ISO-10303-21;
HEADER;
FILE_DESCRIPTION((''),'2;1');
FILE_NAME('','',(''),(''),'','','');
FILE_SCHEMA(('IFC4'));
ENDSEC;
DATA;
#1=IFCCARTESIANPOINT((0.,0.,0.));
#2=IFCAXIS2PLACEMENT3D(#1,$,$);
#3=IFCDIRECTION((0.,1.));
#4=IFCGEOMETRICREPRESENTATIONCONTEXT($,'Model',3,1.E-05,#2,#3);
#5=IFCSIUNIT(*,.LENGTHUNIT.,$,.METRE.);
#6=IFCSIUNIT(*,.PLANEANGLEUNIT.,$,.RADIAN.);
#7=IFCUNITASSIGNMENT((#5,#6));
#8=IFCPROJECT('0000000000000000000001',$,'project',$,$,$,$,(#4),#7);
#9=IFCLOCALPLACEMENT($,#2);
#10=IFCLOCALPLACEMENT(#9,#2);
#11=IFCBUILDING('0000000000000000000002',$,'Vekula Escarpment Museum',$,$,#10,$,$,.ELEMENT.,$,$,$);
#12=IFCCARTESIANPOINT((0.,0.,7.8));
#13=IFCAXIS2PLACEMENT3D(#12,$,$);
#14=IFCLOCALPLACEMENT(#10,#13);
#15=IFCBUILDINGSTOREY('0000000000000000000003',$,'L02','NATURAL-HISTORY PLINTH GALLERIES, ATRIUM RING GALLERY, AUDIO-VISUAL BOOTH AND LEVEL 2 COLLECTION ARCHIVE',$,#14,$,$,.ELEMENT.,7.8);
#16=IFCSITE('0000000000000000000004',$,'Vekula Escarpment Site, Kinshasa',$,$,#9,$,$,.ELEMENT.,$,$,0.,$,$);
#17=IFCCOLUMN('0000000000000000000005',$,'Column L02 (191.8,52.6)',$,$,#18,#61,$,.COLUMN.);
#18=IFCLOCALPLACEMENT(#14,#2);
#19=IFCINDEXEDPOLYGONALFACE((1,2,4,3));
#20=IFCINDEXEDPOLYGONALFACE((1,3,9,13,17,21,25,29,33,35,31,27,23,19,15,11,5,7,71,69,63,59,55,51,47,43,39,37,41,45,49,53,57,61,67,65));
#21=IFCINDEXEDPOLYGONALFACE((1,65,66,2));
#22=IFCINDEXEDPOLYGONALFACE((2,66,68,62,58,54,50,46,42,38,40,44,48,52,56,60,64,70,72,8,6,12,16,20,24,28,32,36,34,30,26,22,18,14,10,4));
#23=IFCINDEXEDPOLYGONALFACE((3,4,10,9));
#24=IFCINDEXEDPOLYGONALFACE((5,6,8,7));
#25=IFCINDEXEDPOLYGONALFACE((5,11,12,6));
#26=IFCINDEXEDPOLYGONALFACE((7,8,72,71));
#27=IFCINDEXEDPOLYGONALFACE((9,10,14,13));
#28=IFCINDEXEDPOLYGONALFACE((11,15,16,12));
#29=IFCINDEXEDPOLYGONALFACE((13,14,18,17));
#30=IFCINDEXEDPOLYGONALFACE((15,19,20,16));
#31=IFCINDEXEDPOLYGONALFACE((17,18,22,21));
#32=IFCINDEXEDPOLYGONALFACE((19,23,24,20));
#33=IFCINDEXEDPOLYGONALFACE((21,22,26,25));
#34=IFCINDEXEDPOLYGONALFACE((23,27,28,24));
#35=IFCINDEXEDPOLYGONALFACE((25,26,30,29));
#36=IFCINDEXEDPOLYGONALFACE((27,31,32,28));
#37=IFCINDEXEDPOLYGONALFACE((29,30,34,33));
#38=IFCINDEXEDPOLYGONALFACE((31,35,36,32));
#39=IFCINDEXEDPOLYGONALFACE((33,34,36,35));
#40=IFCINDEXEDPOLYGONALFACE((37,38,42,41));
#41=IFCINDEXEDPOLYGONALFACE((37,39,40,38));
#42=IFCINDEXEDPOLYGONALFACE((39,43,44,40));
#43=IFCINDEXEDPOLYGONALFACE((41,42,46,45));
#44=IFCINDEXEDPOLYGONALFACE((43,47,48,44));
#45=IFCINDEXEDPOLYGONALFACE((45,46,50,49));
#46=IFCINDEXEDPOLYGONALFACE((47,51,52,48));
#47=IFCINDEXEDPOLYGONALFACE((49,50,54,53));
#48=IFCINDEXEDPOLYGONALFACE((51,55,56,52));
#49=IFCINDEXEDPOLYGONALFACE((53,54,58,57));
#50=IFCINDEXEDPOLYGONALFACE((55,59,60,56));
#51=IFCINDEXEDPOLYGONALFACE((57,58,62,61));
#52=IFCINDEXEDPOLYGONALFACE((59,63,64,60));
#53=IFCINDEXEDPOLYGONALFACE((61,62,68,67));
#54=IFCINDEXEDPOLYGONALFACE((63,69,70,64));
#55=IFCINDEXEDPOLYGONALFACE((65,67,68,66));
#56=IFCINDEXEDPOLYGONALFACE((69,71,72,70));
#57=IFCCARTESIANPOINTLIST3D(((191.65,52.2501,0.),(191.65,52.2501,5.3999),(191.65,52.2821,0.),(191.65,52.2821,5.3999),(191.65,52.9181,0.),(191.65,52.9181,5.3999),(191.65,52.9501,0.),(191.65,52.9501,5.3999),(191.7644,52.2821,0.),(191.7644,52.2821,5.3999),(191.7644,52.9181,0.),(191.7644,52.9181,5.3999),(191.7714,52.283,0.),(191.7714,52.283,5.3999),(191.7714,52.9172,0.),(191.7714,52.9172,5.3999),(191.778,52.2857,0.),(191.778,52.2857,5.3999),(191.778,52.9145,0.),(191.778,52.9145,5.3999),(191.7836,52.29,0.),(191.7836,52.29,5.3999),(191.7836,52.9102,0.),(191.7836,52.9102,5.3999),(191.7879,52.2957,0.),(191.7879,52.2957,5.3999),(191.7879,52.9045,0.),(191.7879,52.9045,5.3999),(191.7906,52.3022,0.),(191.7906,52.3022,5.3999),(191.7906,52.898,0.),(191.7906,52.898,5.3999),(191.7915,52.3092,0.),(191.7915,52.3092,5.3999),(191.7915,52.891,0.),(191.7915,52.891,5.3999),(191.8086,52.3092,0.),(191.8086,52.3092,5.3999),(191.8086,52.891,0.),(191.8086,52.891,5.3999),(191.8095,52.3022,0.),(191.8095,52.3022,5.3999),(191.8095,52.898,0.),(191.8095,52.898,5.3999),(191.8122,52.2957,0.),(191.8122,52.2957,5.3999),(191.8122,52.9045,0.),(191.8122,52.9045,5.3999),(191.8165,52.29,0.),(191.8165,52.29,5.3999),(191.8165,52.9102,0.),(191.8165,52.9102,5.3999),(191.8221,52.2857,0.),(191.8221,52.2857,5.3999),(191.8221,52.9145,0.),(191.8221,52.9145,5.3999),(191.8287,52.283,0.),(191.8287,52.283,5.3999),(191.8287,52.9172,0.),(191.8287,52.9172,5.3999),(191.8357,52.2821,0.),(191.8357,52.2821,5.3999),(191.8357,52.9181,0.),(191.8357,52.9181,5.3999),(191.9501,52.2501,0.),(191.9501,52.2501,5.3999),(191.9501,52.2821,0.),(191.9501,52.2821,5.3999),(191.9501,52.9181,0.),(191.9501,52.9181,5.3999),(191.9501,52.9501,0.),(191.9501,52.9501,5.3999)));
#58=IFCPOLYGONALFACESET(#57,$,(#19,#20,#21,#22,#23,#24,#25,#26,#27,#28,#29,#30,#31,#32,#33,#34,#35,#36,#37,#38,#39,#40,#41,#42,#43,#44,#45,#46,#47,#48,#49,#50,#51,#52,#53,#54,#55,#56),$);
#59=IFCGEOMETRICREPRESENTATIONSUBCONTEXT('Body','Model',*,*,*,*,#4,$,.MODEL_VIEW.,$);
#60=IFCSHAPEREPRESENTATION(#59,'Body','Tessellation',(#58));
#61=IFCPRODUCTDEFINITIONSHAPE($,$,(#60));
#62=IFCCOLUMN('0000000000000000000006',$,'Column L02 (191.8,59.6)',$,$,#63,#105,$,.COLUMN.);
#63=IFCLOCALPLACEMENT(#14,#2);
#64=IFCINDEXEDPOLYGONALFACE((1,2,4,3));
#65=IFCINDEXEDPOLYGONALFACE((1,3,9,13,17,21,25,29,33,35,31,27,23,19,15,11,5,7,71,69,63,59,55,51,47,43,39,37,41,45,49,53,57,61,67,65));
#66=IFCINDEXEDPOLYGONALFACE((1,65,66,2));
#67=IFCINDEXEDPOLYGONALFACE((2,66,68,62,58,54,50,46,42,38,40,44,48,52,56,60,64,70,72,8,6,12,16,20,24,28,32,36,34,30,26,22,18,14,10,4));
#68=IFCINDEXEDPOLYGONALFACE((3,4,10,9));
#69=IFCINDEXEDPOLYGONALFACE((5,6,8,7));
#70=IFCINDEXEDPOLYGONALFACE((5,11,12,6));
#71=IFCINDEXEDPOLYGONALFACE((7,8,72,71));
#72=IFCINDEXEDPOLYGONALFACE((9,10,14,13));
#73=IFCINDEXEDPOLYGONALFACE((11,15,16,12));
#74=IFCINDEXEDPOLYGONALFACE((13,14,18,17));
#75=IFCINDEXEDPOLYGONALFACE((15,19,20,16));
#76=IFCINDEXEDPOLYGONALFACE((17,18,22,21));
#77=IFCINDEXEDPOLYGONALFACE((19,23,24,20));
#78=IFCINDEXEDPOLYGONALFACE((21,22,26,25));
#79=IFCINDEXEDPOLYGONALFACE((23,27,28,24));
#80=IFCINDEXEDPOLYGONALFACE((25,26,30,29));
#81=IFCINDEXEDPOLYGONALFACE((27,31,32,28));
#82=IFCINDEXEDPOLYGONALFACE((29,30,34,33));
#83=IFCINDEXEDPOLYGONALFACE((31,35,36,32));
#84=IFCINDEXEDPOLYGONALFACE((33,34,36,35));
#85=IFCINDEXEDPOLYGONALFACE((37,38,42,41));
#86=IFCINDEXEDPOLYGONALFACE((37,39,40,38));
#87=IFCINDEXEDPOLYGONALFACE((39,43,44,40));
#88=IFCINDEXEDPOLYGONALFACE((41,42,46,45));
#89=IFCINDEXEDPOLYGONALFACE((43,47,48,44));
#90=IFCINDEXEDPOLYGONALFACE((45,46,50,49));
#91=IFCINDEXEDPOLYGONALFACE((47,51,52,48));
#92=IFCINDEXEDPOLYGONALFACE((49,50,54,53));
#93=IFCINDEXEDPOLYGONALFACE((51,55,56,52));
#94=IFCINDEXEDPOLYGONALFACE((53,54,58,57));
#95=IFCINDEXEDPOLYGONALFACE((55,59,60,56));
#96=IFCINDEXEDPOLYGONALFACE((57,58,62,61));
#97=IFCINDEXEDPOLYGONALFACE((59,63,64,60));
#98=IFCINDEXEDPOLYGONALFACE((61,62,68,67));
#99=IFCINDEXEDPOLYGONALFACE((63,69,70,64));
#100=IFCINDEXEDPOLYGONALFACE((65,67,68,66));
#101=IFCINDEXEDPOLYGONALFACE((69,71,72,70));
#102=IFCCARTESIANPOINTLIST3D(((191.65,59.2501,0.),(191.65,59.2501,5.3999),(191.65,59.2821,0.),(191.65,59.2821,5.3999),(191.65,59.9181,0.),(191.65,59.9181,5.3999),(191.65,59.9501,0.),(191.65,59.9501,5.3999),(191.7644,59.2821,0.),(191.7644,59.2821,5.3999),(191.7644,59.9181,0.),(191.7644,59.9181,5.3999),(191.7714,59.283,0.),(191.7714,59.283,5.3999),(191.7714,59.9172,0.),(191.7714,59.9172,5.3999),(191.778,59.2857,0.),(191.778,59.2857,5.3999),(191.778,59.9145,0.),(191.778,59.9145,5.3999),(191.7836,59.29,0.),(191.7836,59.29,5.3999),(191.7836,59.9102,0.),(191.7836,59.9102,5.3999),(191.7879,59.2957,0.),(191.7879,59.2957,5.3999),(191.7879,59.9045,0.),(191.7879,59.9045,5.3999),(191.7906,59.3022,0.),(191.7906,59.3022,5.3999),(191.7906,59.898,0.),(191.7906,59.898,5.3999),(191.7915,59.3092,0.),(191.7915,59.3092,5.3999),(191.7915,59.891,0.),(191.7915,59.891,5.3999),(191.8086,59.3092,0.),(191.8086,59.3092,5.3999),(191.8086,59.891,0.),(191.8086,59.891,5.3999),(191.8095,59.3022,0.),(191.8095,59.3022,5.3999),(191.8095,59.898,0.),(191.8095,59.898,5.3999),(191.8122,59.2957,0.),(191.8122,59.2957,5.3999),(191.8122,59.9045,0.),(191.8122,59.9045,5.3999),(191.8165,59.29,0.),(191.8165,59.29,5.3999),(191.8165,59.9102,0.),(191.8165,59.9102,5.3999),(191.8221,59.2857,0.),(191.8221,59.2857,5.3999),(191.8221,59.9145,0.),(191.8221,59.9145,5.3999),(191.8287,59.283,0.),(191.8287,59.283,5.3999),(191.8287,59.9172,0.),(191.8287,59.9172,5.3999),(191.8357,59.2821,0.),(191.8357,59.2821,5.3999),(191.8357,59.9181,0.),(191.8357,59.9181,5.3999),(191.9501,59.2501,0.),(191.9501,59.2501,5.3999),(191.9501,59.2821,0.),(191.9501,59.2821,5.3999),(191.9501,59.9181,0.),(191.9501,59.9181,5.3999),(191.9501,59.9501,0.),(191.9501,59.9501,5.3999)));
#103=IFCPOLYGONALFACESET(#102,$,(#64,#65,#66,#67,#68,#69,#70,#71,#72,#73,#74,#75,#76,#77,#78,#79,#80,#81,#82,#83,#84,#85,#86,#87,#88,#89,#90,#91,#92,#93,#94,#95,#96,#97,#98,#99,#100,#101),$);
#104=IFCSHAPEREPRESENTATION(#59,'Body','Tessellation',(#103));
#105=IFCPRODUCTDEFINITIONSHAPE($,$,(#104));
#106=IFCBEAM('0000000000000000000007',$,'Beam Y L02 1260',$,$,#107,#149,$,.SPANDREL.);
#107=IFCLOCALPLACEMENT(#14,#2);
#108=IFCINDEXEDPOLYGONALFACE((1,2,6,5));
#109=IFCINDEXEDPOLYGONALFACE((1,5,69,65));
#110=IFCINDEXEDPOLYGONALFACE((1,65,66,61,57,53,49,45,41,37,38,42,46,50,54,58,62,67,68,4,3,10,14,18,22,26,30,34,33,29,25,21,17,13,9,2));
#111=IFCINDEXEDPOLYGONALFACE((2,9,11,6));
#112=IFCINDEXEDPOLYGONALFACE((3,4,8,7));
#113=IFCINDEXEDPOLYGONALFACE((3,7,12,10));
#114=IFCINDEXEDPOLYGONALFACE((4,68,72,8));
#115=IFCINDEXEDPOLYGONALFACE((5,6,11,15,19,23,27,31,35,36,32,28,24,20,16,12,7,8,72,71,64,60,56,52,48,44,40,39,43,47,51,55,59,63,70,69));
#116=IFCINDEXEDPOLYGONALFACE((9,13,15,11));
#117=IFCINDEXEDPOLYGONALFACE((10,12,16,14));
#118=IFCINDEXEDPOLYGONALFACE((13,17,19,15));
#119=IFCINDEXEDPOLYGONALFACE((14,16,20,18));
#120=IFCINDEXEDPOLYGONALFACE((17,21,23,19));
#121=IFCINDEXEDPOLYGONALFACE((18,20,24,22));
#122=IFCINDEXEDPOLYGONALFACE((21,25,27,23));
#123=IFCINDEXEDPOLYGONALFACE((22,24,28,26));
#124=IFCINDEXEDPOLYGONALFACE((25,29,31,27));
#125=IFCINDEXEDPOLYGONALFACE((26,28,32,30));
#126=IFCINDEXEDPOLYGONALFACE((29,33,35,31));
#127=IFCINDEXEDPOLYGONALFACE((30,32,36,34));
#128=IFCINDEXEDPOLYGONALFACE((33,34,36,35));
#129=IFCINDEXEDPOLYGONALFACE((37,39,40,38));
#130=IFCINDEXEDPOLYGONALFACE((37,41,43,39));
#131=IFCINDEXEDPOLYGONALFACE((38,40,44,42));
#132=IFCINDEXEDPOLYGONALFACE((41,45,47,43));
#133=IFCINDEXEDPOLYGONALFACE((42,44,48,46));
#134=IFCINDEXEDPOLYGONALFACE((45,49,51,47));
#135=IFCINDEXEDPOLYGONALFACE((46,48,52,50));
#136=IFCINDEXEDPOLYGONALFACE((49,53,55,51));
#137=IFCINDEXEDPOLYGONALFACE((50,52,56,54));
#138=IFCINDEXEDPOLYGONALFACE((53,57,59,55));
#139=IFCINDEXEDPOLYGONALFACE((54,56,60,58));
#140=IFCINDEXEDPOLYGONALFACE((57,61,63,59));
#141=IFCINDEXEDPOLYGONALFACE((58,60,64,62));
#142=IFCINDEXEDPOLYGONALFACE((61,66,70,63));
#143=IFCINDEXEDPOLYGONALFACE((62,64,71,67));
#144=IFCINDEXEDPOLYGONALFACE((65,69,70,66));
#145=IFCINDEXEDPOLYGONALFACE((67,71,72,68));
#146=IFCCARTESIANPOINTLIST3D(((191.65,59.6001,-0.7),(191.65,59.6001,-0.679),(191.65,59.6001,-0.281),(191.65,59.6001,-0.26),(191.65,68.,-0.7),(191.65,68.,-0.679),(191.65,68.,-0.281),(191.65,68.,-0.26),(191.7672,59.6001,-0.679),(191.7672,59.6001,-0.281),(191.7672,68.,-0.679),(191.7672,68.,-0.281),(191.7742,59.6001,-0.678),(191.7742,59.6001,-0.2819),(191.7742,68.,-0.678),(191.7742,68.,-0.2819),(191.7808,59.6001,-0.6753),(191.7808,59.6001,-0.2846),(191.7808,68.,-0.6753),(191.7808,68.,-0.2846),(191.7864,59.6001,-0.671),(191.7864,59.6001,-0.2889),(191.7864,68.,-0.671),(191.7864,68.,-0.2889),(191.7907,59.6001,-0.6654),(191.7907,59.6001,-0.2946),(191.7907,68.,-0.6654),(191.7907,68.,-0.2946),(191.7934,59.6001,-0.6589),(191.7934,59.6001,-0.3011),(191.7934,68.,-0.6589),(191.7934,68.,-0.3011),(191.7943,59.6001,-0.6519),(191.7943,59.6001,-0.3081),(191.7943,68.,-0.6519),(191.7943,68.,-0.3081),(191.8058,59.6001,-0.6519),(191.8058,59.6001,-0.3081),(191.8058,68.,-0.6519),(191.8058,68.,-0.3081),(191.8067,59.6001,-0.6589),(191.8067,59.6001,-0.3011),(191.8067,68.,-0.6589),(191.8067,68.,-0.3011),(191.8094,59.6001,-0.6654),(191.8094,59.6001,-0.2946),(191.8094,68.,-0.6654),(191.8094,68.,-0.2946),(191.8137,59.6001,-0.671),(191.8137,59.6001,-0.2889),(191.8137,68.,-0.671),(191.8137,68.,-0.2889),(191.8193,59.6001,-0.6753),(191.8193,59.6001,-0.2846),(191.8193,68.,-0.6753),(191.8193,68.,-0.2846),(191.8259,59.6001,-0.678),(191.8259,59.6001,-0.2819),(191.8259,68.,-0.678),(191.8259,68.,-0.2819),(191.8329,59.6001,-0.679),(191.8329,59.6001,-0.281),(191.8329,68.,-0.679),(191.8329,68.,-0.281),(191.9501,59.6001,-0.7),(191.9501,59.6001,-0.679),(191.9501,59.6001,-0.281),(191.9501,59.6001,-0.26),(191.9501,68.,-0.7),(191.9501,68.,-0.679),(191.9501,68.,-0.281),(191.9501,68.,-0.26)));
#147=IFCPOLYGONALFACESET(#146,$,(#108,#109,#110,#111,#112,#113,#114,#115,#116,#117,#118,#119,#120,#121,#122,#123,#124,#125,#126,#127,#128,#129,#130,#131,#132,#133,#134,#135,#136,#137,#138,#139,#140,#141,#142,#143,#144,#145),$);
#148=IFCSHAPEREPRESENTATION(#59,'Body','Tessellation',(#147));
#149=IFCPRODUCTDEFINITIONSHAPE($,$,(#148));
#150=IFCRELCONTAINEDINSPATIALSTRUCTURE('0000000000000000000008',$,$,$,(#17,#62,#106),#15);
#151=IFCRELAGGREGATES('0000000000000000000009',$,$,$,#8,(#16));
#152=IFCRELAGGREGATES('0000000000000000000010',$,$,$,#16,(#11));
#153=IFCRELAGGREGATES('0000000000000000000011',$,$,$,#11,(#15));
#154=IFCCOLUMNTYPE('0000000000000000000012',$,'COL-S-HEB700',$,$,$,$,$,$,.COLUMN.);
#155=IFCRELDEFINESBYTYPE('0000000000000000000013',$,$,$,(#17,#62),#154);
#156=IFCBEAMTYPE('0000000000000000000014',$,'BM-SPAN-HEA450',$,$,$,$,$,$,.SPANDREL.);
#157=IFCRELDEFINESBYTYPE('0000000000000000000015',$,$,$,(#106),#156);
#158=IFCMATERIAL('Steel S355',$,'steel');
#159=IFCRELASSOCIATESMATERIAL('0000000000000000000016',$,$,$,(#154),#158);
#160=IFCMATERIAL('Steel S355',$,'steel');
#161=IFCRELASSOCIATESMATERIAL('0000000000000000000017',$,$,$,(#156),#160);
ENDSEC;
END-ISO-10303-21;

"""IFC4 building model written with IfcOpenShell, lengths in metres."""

from ifc_helpers import new_model, si_unit, direction, frame, origin, origin_2d, place, context, subcontext, project, spatial, i_section, extrude, material, material_profile, profile_set, type_object, element, save


model = new_model("IFC4")

# Units and contexts
model_context = context("Model", 3, precision=1e-05, world=origin(), true_north=direction((0.0, 1.0)))
body_context = subcontext(model_context, "Body", "Model", "MODEL_VIEW")
ifc_project = project(units=[si_unit("LENGTHUNIT", "METRE"), si_unit("PLANEANGLEUNIT", "RADIAN")], contexts=[model_context])

# Site, building, storey
site_placement = place(None, origin())
site = spatial("IfcSite", under=ifc_project, at=site_placement, Name="Vekula Escarpment Site, Kinshasa", CompositionType="ELEMENT", RefElevation=0.0)
building_placement = place(site_placement, origin())
building = spatial("IfcBuilding", under=site, at=building_placement, Name="Vekula Escarpment Museum", CompositionType="ELEMENT")
storey_placement = place(building_placement, frame((0.0, 0.0, 7.8)))
storey = spatial("IfcBuildingStorey", under=building, at=storey_placement, Name="L02", Description="NATURAL-HISTORY PLINTH GALLERIES, ATRIUM RING GALLERY, AUDIO-VISUAL BOOTH AND LEVEL 2 COLLECTION ARCHIVE", CompositionType="ELEMENT", Elevation=7.8)

# Columns
ifc_material_1 = material(Name="Steel S355", Category="steel")
ifc_material_profile_1 = material_profile(ifc_material_1, i_section(OverallWidth=0.3, OverallDepth=0.7, WebThickness=0.0171, FlangeThickness=0.032, FilletRadius=0.0271, at=origin_2d()), Name="HEB 700")
ifc_profile_set_1 = profile_set([ifc_material_profile_1], Name="Steel S355")
column_type = type_object("IfcColumnType", Name="COL-S-HEB700", PredefinedType="COLUMN", material=ifc_profile_set_1)
for number, where, z_axis, x_axis, name in (
    (1, (191.8, 52.6001, 0.0), (0.0, 0.0, 1.0), (1.0, 0.0, 0.0), "Column L02 (191.8,52.6)"),
    (2, (191.8, 59.6001, 0.0), (0.0, 0.0, 1.0), (1.0, 0.0, 0.0), "Column L02 (191.8,59.6)"),
):
    element("IfcColumn", number, at=place(storey_placement, frame(where, z_axis=z_axis, x_axis=x_axis)), inside=storey, type_object=column_type, Name=name, PredefinedType="COLUMN", context=body_context, shape_type="SweptSolid", body=[
        extrude(i_section(OverallWidth=0.3, OverallDepth=0.7, WebThickness=0.0171, FlangeThickness=0.032, FilletRadius=0.0271, at=origin_2d()), origin(), (0.0, 0.0, 1.0), 5.3999),
    ])

# Beam
ifc_material_2 = material(Name="Steel S355", Category="steel")
ifc_material_profile_2 = material_profile(ifc_material_2, i_section(OverallWidth=0.3, OverallDepth=0.4399, WebThickness=0.0115, FlangeThickness=0.021, FilletRadius=0.0271, at=origin_2d()), Name="HEA 450")
ifc_profile_set_2 = profile_set([ifc_material_profile_2], Name="Steel S355")
beam_type = type_object("IfcBeamType", Name="BM-SPAN-HEA450", PredefinedType="SPANDREL", material=ifc_profile_set_2)
beam_placement = place(storey_placement, frame((191.8, 59.6001, -0.48), z_axis=(0.0, 1.0, 0.0), x_axis=(-1.0, 0.0, 0.0)))
element("IfcBeam", 3, at=beam_placement, inside=storey, type_object=beam_type, Name="Beam Y L02 1260", PredefinedType="SPANDREL", context=body_context, shape_type="SweptSolid", body=[
    extrude(i_section(OverallWidth=0.3, OverallDepth=0.4399, WebThickness=0.0115, FlangeThickness=0.021, FilletRadius=0.0271, at=origin_2d()), origin(), (0.0, 0.0, 1.0), 8.3999),
])

save(model, "model.ifc")
